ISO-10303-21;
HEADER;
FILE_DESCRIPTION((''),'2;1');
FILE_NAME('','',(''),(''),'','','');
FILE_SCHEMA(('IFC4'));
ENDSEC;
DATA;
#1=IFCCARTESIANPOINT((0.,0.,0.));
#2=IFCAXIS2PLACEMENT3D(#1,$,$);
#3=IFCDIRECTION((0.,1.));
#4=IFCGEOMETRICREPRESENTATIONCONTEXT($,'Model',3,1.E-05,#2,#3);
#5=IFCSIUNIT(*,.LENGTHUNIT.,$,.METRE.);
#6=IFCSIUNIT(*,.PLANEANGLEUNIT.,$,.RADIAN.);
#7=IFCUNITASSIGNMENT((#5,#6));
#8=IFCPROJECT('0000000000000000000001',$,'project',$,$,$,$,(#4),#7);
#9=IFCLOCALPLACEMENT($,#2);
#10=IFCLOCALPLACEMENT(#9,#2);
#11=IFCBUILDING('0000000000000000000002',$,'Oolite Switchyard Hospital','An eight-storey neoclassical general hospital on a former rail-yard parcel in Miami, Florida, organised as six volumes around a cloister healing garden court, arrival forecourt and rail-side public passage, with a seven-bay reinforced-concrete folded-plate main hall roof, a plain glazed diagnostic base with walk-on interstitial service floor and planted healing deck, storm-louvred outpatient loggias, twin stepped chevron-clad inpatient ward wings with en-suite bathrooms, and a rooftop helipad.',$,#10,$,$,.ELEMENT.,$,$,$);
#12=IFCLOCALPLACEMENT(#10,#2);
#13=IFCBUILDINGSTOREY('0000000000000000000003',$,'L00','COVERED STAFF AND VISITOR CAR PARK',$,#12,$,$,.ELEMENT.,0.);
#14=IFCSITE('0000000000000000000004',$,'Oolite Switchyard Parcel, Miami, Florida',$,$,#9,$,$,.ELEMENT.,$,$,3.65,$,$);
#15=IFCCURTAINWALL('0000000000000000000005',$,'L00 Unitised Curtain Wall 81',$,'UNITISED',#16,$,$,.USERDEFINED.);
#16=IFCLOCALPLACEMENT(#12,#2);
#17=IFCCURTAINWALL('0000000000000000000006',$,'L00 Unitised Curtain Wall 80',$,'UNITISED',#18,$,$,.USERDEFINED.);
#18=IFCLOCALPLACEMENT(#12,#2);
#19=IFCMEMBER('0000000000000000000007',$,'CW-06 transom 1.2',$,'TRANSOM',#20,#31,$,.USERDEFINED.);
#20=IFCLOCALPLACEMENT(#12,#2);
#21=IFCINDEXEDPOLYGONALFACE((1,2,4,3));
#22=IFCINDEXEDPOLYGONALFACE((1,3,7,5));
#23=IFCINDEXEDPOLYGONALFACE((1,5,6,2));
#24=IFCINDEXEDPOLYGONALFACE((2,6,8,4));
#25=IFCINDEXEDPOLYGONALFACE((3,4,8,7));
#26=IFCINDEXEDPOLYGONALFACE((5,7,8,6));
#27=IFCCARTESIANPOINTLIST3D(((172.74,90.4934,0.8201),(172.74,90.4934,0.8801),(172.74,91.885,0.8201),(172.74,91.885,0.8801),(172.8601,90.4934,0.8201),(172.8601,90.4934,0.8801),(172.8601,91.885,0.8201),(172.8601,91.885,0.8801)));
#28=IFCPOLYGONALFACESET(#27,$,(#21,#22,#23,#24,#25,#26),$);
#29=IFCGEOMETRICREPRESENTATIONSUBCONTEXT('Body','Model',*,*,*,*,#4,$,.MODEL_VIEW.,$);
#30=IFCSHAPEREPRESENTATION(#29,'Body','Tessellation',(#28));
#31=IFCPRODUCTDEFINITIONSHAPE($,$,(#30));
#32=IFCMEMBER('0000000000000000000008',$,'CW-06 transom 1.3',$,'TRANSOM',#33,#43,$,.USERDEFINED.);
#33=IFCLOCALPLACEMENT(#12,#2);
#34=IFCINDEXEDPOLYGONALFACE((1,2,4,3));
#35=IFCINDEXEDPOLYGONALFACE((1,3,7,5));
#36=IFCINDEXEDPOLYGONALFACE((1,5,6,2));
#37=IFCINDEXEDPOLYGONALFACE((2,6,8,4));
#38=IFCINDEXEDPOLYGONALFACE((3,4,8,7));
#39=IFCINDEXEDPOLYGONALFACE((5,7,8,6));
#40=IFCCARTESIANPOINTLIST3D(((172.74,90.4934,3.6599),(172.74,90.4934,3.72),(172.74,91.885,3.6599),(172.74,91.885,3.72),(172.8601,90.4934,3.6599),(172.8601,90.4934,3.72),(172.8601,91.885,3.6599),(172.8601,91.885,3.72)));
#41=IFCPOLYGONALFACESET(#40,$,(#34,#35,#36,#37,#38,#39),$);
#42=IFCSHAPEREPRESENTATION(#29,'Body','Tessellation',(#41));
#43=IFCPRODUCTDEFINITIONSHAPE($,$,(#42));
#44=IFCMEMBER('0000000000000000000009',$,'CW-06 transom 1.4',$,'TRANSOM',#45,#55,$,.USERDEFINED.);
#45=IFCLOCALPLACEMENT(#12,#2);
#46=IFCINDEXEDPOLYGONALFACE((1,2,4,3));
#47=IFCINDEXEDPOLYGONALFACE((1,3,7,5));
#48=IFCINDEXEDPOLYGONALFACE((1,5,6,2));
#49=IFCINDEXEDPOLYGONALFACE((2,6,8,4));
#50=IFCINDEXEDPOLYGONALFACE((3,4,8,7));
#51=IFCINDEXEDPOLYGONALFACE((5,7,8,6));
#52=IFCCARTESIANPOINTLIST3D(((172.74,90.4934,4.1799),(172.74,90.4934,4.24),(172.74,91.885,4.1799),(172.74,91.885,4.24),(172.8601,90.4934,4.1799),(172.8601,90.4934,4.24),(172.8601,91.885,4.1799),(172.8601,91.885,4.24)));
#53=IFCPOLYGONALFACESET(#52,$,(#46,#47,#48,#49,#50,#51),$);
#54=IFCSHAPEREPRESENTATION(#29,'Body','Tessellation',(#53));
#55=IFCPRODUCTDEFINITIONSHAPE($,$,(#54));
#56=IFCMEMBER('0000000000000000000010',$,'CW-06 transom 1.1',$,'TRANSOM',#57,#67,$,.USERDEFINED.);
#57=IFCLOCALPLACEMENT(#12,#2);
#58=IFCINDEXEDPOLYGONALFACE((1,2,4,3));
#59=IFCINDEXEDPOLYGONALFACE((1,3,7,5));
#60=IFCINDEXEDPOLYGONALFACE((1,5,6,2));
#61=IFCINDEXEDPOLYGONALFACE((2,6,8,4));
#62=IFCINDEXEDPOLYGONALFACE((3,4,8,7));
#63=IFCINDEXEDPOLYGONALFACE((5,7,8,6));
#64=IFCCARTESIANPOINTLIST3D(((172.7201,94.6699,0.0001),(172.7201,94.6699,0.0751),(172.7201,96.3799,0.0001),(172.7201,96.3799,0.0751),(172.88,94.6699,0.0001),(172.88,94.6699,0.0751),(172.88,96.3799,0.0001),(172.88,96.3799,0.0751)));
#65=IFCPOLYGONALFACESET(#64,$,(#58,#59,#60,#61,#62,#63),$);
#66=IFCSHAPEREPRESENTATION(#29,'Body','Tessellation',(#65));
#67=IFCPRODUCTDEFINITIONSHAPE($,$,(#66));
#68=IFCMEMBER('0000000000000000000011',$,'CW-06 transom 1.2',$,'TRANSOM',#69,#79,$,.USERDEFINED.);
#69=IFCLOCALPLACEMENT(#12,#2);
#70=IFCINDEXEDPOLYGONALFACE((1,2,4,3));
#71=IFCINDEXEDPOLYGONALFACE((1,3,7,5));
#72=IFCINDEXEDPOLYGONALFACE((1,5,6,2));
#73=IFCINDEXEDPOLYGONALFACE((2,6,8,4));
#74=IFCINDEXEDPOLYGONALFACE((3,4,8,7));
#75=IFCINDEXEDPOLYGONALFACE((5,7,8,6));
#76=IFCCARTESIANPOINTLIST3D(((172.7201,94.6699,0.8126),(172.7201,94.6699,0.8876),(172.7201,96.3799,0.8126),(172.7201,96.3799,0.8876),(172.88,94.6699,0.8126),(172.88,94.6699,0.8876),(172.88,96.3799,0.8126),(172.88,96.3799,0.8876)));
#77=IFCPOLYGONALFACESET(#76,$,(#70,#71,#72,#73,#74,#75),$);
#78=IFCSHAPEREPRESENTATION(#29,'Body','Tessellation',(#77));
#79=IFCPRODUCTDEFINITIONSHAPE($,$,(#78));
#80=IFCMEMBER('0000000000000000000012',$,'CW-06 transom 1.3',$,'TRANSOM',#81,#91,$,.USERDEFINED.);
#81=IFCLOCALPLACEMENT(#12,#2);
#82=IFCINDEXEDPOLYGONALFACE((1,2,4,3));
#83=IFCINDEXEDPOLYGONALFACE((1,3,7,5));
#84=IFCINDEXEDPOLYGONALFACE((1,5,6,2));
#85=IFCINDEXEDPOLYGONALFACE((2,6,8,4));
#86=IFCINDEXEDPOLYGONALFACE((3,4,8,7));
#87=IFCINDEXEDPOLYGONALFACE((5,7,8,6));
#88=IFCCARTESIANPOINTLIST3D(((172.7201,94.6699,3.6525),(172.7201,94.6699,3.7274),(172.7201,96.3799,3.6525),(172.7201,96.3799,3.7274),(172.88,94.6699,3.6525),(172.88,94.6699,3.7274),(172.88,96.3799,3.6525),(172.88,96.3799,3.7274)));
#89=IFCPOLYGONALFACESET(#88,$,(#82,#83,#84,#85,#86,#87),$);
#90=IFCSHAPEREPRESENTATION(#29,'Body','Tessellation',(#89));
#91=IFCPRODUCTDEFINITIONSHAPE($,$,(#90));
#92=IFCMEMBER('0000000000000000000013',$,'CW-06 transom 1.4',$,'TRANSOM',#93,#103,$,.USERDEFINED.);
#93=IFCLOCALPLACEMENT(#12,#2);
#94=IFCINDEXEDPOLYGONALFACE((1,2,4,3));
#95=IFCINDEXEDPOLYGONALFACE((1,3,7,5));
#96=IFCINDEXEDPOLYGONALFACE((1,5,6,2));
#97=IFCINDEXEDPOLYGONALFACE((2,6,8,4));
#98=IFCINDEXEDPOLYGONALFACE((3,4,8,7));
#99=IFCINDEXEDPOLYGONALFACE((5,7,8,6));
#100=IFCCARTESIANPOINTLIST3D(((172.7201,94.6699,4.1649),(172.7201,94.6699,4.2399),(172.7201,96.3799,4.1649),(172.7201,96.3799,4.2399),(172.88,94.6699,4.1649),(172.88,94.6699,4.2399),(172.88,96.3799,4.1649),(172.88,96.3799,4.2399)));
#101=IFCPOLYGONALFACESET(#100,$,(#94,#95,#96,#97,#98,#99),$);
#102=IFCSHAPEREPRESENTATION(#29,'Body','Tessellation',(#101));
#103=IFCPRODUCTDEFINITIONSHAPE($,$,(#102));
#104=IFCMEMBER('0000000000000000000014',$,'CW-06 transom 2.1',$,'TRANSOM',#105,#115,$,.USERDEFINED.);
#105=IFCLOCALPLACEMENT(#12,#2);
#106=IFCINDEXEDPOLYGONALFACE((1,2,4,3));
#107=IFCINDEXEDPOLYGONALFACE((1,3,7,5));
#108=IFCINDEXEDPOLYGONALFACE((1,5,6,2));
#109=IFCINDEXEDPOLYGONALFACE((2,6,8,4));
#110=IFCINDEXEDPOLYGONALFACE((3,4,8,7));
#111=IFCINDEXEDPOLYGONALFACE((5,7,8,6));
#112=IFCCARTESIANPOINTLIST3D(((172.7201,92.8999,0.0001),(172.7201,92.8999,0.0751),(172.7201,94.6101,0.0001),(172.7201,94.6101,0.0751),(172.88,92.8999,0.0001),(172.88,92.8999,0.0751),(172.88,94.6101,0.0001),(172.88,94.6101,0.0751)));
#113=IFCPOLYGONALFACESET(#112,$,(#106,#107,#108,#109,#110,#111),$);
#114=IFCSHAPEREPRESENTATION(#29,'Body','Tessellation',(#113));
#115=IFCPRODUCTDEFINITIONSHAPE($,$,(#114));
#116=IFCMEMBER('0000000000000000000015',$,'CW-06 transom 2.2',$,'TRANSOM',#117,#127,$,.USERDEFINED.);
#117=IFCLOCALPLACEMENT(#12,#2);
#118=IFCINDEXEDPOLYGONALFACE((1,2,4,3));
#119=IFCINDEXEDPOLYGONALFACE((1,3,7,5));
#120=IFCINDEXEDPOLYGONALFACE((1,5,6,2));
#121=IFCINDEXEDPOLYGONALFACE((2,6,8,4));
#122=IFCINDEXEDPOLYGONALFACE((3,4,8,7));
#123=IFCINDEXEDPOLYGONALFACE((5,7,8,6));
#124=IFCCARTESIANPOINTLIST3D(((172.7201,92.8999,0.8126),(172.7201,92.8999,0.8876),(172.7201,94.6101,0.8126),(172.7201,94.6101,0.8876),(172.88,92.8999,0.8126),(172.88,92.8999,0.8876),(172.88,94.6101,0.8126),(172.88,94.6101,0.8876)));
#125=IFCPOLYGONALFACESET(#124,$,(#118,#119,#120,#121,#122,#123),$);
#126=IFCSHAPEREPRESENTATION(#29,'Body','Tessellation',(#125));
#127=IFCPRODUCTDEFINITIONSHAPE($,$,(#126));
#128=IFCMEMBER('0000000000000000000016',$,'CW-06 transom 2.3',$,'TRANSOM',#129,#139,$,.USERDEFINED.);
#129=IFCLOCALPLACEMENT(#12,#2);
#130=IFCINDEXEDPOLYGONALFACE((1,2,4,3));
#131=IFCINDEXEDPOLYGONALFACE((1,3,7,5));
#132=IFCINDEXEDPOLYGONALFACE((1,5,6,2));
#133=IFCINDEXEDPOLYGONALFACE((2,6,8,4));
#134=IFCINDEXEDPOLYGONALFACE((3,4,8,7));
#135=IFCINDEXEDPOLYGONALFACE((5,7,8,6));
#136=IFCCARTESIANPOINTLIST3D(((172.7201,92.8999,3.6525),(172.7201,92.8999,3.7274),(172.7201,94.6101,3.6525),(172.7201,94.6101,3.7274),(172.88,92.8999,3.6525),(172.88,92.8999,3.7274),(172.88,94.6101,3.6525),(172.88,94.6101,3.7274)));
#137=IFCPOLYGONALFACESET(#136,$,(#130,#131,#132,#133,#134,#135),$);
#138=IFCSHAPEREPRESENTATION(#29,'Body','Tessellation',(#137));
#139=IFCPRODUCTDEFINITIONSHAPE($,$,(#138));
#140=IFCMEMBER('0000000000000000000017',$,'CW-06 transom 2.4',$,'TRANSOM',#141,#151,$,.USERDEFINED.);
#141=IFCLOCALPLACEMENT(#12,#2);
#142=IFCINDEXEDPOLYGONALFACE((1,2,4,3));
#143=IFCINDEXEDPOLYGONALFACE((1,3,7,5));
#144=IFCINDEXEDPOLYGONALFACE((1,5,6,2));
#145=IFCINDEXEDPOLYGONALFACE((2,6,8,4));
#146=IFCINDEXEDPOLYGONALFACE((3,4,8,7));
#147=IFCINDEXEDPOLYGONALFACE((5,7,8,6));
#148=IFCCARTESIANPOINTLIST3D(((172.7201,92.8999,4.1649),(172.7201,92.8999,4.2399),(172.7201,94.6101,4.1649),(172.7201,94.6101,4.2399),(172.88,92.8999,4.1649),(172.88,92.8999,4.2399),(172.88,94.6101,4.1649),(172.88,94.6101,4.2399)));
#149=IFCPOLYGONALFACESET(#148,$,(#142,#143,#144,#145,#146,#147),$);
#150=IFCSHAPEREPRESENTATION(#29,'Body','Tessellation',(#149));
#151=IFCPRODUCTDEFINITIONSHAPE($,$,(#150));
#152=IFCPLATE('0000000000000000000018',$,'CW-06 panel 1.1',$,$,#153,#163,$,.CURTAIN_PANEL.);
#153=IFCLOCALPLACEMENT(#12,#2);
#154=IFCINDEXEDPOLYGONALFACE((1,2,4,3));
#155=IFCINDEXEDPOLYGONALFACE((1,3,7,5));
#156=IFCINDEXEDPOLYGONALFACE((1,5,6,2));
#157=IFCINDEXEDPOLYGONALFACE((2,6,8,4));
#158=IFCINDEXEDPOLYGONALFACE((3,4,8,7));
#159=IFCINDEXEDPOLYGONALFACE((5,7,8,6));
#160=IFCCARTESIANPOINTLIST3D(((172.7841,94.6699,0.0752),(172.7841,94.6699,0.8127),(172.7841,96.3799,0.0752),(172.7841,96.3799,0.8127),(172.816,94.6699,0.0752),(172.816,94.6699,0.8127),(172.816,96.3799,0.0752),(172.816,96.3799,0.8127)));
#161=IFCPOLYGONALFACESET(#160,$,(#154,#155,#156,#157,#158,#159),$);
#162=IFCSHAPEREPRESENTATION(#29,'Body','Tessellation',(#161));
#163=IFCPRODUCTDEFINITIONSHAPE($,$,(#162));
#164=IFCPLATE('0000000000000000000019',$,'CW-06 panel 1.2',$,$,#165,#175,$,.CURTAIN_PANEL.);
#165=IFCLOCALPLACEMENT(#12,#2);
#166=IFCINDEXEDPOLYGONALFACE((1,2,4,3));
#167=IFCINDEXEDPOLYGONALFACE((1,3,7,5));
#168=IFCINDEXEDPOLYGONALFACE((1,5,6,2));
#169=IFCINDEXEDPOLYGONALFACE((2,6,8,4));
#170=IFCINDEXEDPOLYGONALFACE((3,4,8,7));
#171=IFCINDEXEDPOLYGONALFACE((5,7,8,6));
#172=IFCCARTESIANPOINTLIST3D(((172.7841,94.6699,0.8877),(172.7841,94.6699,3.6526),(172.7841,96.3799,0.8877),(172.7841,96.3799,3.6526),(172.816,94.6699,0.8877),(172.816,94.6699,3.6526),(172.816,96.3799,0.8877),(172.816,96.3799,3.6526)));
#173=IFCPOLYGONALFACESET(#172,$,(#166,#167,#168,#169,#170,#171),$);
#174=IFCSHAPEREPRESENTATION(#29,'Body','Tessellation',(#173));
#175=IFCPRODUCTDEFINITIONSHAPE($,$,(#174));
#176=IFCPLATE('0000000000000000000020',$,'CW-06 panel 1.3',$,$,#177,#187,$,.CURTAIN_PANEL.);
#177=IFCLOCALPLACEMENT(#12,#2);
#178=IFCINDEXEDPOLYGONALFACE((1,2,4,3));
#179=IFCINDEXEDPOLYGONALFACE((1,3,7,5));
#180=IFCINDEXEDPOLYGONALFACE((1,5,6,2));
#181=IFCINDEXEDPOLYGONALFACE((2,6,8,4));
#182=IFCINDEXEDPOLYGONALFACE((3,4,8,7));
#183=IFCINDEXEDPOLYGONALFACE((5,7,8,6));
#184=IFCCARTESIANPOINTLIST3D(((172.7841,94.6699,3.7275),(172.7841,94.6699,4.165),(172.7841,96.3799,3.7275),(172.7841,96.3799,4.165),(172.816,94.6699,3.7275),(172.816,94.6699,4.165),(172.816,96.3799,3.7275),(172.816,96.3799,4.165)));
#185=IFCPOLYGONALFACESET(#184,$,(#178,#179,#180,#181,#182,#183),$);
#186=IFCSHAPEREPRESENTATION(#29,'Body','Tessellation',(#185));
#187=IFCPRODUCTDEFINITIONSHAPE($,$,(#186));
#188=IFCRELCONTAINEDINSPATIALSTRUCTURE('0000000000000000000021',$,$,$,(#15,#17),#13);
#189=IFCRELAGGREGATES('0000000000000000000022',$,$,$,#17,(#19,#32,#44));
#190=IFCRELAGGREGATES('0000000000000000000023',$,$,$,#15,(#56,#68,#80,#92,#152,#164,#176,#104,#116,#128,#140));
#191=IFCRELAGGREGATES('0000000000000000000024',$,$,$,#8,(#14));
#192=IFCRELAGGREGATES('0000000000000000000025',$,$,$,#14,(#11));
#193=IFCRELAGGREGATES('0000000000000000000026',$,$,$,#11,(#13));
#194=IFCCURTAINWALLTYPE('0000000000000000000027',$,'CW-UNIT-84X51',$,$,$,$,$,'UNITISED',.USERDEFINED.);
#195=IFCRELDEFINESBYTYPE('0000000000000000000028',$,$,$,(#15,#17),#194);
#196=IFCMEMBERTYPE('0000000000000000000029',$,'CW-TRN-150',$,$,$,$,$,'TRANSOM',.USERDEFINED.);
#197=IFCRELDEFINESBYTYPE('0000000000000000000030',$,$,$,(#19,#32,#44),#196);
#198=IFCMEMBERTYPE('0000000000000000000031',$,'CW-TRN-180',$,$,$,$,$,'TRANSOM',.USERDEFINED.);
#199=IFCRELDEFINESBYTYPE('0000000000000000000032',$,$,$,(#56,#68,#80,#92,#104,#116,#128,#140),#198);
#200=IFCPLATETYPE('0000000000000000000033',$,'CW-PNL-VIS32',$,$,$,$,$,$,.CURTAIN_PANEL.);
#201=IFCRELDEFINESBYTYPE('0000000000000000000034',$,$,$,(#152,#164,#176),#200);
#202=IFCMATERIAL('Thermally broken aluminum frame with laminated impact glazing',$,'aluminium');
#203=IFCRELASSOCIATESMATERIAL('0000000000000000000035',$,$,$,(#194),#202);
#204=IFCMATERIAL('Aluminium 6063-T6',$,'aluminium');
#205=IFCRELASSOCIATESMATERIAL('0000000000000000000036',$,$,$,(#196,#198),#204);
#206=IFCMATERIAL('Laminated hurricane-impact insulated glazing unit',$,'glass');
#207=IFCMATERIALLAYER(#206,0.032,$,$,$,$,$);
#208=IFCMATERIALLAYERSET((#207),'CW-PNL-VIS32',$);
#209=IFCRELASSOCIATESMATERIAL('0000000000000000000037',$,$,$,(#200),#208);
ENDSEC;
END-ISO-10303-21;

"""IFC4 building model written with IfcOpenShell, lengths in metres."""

from ifc_helpers import new_model, si_unit, direction, frame, origin, origin_2d, place, context, subcontext, project, spatial, rectangle, extrude, material, layer, layer_set, material_profile, profile_set, type_object, element, aggregate, save


model = new_model("IFC4")

# Units and contexts
model_context = context("Model", 3, precision=1e-05, world=origin(), true_north=direction((0.0, 1.0)))
body_context = subcontext(model_context, "Body", "Model", "MODEL_VIEW")
ifc_project = project(units=[si_unit("LENGTHUNIT", "METRE"), si_unit("PLANEANGLEUNIT", "RADIAN")], contexts=[model_context])

# Site, building, storey
site_placement = place(None, origin())
site = spatial("IfcSite", under=ifc_project, at=site_placement, Name="Oolite Switchyard Parcel, Miami, Florida", CompositionType="ELEMENT", RefElevation=3.65)
building_placement = place(site_placement, origin())
building = spatial("IfcBuilding", under=site, at=building_placement, Name="Oolite Switchyard Hospital", Description="An eight-storey neoclassical general hospital on a former rail-yard parcel in Miami, Florida, organised as six volumes around a cloister healing garden court, arrival forecourt and rail-side public passage, with a seven-bay reinforced-concrete folded-plate main hall roof, a plain glazed diagnostic base with walk-on interstitial service floor and planted healing deck, storm-louvred outpatient loggias, twin stepped chevron-clad inpatient ward wings with en-suite bathrooms, and a rooftop helipad.", CompositionType="ELEMENT")
storey_placement = place(building_placement, origin())
storey = spatial("IfcBuildingStorey", under=building, at=storey_placement, Name="L00", Description="COVERED STAFF AND VISITOR CAR PARK", CompositionType="ELEMENT", Elevation=0.0)

# Curtain walls, members
ifc_material_1 = material(Name="Thermally broken aluminum frame with laminated impact glazing", Category="aluminium")
curtain_wall_type = type_object("IfcCurtainWallType", Name="CW-UNIT-84X51", ElementType="UNITISED", PredefinedType="USERDEFINED", material=ifc_material_1)
curtain_wall_1_placement = place(storey_placement, origin())
curtain_wall_1 = element("IfcCurtainWall", 1, at=curtain_wall_1_placement, inside=storey, type_object=curtain_wall_type, Name="L00 Unitised Curtain Wall 81", ObjectType="UNITISED", PredefinedType="USERDEFINED")
ifc_material_2 = material(Name="Aluminium 6063-T6", Category="aluminium")
curtain_wall_2_placement = place(storey_placement, origin())
curtain_wall_2 = element("IfcCurtainWall", 2, at=curtain_wall_2_placement, inside=storey, type_object=curtain_wall_type, Name="L00 Unitised Curtain Wall 80", ObjectType="UNITISED", PredefinedType="USERDEFINED")
ifc_material_profile_1 = material_profile(ifc_material_2, rectangle(XDim=0.1201, YDim=0.0601, at=origin_2d()), Name="CWT60X120")
ifc_profile_set_1 = profile_set([ifc_material_profile_1], Name="Aluminium 6063-T6")
member_type_1 = type_object("IfcMemberType", Name="CW-TRN-150", ElementType="TRANSOM", PredefinedType="USERDEFINED", material=ifc_profile_set_1)
member_1_placement = place(storey_placement, frame((172.8, 91.885, 0.8501), z_axis=(0.0, -1.0, 0.0), x_axis=(1.0, 0.0, 0.0)))
member_1 = element("IfcMember", 3, at=member_1_placement, type_object=member_type_1, Name="CW-06 transom 1.2", ObjectType="TRANSOM", PredefinedType="USERDEFINED", context=body_context, shape_type="SweptSolid", body=[
    extrude(rectangle(XDim=0.1201, YDim=0.0601, at=origin_2d()), origin(), (0.0, 0.0, 1.0), 1.3916),
])
member_2_placement = place(storey_placement, frame((172.8, 91.885, 3.6899), z_axis=(0.0, -1.0, 0.0), x_axis=(1.0, 0.0, 0.0)))
member_2 = element("IfcMember", 4, at=member_2_placement, type_object=member_type_1, Name="CW-06 transom 1.3", ObjectType="TRANSOM", PredefinedType="USERDEFINED", context=body_context, shape_type="SweptSolid", body=[
    extrude(rectangle(XDim=0.1201, YDim=0.0601, at=origin_2d()), origin(), (0.0, 0.0, 1.0), 1.3916),
])
member_3_placement = place(storey_placement, frame((172.8, 91.885, 4.21), z_axis=(0.0, -1.0, 0.0), x_axis=(1.0, 0.0, 0.0)))
member_3 = element("IfcMember", 5, at=member_3_placement, type_object=member_type_1, Name="CW-06 transom 1.4", ObjectType="TRANSOM", PredefinedType="USERDEFINED", context=body_context, shape_type="SweptSolid", body=[
    extrude(rectangle(XDim=0.1201, YDim=0.0601, at=origin_2d()), origin(), (0.0, 0.0, 1.0), 1.3916),
])
aggregate(curtain_wall_2, [member_1, member_2, member_3])

# Members
ifc_material_profile_2 = material_profile(ifc_material_2, rectangle(XDim=0.1599, YDim=0.075, at=origin_2d()), Name="CWT75X160")
ifc_profile_set_2 = profile_set([ifc_material_profile_2], Name="Aluminium 6063-T6")
member_type_2 = type_object("IfcMemberType", Name="CW-TRN-180", ElementType="TRANSOM", PredefinedType="USERDEFINED", material=ifc_profile_set_2)
member_4_placement = place(storey_placement, frame((172.8, 96.3799, 0.0376), z_axis=(0.0, -1.0, 0.0), x_axis=(1.0, 0.0, 0.0)))
member_4 = element("IfcMember", 6, at=member_4_placement, type_object=member_type_2, Name="CW-06 transom 1.1", ObjectType="TRANSOM", PredefinedType="USERDEFINED", context=body_context, shape_type="SweptSolid", body=[
    extrude(rectangle(XDim=0.1599, YDim=0.075, at=origin_2d()), origin(), (0.0, 0.0, 1.0), 1.71),
])
member_5_placement = place(storey_placement, frame((172.8, 96.3799, 0.8501), z_axis=(0.0, -1.0, 0.0), x_axis=(1.0, 0.0, 0.0)))
member_5 = element("IfcMember", 7, at=member_5_placement, type_object=member_type_2, Name="CW-06 transom 1.2", ObjectType="TRANSOM", PredefinedType="USERDEFINED", context=body_context, shape_type="SweptSolid", body=[
    extrude(rectangle(XDim=0.1599, YDim=0.075, at=origin_2d()), origin(), (0.0, 0.0, 1.0), 1.71),
])
member_6_placement = place(storey_placement, frame((172.8, 96.3799, 3.6899), z_axis=(0.0, -1.0, 0.0), x_axis=(1.0, 0.0, 0.0)))
member_6 = element("IfcMember", 8, at=member_6_placement, type_object=member_type_2, Name="CW-06 transom 1.3", ObjectType="TRANSOM", PredefinedType="USERDEFINED", context=body_context, shape_type="SweptSolid", body=[
    extrude(rectangle(XDim=0.1599, YDim=0.075, at=origin_2d()), origin(), (0.0, 0.0, 1.0), 1.71),
])
member_7_placement = place(storey_placement, frame((172.8, 96.3799, 4.2024), z_axis=(0.0, -1.0, 0.0), x_axis=(1.0, 0.0, 0.0)))
member_7 = element("IfcMember", 9, at=member_7_placement, type_object=member_type_2, Name="CW-06 transom 1.4", ObjectType="TRANSOM", PredefinedType="USERDEFINED", context=body_context, shape_type="SweptSolid", body=[
    extrude(rectangle(XDim=0.1599, YDim=0.075, at=origin_2d()), origin(), (0.0, 0.0, 1.0), 1.71),
])
member_8_placement = place(storey_placement, frame((172.8, 94.6101, 0.0376), z_axis=(0.0, -1.0, 0.0), x_axis=(1.0, 0.0, 0.0)))
member_8 = element("IfcMember", 10, at=member_8_placement, type_object=member_type_2, Name="CW-06 transom 2.1", ObjectType="TRANSOM", PredefinedType="USERDEFINED", context=body_context, shape_type="SweptSolid", body=[
    extrude(rectangle(XDim=0.1599, YDim=0.075, at=origin_2d()), origin(), (0.0, 0.0, 1.0), 1.7102),
])
member_9_placement = place(storey_placement, frame((172.8, 94.6101, 0.8501), z_axis=(0.0, -1.0, 0.0), x_axis=(1.0, 0.0, 0.0)))
member_9 = element("IfcMember", 11, at=member_9_placement, type_object=member_type_2, Name="CW-06 transom 2.2", ObjectType="TRANSOM", PredefinedType="USERDEFINED", context=body_context, shape_type="SweptSolid", body=[
    extrude(rectangle(XDim=0.1599, YDim=0.075, at=origin_2d()), origin(), (0.0, 0.0, 1.0), 1.7102),
])
member_10_placement = place(storey_placement, frame((172.8, 94.6101, 3.6899), z_axis=(0.0, -1.0, 0.0), x_axis=(1.0, 0.0, 0.0)))
member_10 = element("IfcMember", 12, at=member_10_placement, type_object=member_type_2, Name="CW-06 transom 2.3", ObjectType="TRANSOM", PredefinedType="USERDEFINED", context=body_context, shape_type="SweptSolid", body=[
    extrude(rectangle(XDim=0.1599, YDim=0.075, at=origin_2d()), origin(), (0.0, 0.0, 1.0), 1.7102),
])
member_11_placement = place(storey_placement, frame((172.8, 94.6101, 4.2024), z_axis=(0.0, -1.0, 0.0), x_axis=(1.0, 0.0, 0.0)))
member_11 = element("IfcMember", 13, at=member_11_placement, type_object=member_type_2, Name="CW-06 transom 2.4", ObjectType="TRANSOM", PredefinedType="USERDEFINED", context=body_context, shape_type="SweptSolid", body=[
    extrude(rectangle(XDim=0.1599, YDim=0.075, at=origin_2d()), origin(), (0.0, 0.0, 1.0), 1.7102),
])

# Plates
ifc_material_3 = material(Name="Laminated hurricane-impact insulated glazing unit", Category="glass")
ifc_layer = layer(ifc_material_3, 0.032)
ifc_layer_set = layer_set([ifc_layer], Name="CW-PNL-VIS32")
plate_type = type_object("IfcPlateType", Name="CW-PNL-VIS32", PredefinedType="CURTAIN_PANEL", material=ifc_layer_set)
plate_1_placement = place(storey_placement, frame((172.8, 95.5249, 0.0752), z_axis=(0.0, 0.0, 1.0), x_axis=(0.0, -1.0, 0.0)))
plate_1 = element("IfcPlate", 14, at=plate_1_placement, type_object=plate_type, Name="CW-06 panel 1.1", PredefinedType="CURTAIN_PANEL", context=body_context, shape_type="SweptSolid", body=[
    extrude(rectangle(XDim=1.71, YDim=0.032, at=origin_2d()), origin(), (0.0, 0.0, 1.0), 0.7375),
])
plate_2_placement = place(storey_placement, frame((172.8, 95.5249, 0.8877), z_axis=(0.0, 0.0, 1.0), x_axis=(0.0, -1.0, 0.0)))
plate_2 = element("IfcPlate", 15, at=plate_2_placement, type_object=plate_type, Name="CW-06 panel 1.2", PredefinedType="CURTAIN_PANEL", context=body_context, shape_type="SweptSolid", body=[
    extrude(rectangle(XDim=1.71, YDim=0.032, at=origin_2d()), origin(), (0.0, 0.0, 1.0), 2.7649),
])
plate_3_placement = place(storey_placement, frame((172.8, 95.5249, 3.7275), z_axis=(0.0, 0.0, 1.0), x_axis=(0.0, -1.0, 0.0)))
plate_3 = element("IfcPlate", 16, at=plate_3_placement, type_object=plate_type, Name="CW-06 panel 1.3", PredefinedType="CURTAIN_PANEL", context=body_context, shape_type="SweptSolid", body=[
    extrude(rectangle(XDim=1.71, YDim=0.032, at=origin_2d()), origin(), (0.0, 0.0, 1.0), 0.4375),
])
aggregate(curtain_wall_1, [member_4, member_5, member_6, member_7, plate_1, plate_2, plate_3, member_8, member_9, member_10, member_11])

save(model, "model.ifc")
